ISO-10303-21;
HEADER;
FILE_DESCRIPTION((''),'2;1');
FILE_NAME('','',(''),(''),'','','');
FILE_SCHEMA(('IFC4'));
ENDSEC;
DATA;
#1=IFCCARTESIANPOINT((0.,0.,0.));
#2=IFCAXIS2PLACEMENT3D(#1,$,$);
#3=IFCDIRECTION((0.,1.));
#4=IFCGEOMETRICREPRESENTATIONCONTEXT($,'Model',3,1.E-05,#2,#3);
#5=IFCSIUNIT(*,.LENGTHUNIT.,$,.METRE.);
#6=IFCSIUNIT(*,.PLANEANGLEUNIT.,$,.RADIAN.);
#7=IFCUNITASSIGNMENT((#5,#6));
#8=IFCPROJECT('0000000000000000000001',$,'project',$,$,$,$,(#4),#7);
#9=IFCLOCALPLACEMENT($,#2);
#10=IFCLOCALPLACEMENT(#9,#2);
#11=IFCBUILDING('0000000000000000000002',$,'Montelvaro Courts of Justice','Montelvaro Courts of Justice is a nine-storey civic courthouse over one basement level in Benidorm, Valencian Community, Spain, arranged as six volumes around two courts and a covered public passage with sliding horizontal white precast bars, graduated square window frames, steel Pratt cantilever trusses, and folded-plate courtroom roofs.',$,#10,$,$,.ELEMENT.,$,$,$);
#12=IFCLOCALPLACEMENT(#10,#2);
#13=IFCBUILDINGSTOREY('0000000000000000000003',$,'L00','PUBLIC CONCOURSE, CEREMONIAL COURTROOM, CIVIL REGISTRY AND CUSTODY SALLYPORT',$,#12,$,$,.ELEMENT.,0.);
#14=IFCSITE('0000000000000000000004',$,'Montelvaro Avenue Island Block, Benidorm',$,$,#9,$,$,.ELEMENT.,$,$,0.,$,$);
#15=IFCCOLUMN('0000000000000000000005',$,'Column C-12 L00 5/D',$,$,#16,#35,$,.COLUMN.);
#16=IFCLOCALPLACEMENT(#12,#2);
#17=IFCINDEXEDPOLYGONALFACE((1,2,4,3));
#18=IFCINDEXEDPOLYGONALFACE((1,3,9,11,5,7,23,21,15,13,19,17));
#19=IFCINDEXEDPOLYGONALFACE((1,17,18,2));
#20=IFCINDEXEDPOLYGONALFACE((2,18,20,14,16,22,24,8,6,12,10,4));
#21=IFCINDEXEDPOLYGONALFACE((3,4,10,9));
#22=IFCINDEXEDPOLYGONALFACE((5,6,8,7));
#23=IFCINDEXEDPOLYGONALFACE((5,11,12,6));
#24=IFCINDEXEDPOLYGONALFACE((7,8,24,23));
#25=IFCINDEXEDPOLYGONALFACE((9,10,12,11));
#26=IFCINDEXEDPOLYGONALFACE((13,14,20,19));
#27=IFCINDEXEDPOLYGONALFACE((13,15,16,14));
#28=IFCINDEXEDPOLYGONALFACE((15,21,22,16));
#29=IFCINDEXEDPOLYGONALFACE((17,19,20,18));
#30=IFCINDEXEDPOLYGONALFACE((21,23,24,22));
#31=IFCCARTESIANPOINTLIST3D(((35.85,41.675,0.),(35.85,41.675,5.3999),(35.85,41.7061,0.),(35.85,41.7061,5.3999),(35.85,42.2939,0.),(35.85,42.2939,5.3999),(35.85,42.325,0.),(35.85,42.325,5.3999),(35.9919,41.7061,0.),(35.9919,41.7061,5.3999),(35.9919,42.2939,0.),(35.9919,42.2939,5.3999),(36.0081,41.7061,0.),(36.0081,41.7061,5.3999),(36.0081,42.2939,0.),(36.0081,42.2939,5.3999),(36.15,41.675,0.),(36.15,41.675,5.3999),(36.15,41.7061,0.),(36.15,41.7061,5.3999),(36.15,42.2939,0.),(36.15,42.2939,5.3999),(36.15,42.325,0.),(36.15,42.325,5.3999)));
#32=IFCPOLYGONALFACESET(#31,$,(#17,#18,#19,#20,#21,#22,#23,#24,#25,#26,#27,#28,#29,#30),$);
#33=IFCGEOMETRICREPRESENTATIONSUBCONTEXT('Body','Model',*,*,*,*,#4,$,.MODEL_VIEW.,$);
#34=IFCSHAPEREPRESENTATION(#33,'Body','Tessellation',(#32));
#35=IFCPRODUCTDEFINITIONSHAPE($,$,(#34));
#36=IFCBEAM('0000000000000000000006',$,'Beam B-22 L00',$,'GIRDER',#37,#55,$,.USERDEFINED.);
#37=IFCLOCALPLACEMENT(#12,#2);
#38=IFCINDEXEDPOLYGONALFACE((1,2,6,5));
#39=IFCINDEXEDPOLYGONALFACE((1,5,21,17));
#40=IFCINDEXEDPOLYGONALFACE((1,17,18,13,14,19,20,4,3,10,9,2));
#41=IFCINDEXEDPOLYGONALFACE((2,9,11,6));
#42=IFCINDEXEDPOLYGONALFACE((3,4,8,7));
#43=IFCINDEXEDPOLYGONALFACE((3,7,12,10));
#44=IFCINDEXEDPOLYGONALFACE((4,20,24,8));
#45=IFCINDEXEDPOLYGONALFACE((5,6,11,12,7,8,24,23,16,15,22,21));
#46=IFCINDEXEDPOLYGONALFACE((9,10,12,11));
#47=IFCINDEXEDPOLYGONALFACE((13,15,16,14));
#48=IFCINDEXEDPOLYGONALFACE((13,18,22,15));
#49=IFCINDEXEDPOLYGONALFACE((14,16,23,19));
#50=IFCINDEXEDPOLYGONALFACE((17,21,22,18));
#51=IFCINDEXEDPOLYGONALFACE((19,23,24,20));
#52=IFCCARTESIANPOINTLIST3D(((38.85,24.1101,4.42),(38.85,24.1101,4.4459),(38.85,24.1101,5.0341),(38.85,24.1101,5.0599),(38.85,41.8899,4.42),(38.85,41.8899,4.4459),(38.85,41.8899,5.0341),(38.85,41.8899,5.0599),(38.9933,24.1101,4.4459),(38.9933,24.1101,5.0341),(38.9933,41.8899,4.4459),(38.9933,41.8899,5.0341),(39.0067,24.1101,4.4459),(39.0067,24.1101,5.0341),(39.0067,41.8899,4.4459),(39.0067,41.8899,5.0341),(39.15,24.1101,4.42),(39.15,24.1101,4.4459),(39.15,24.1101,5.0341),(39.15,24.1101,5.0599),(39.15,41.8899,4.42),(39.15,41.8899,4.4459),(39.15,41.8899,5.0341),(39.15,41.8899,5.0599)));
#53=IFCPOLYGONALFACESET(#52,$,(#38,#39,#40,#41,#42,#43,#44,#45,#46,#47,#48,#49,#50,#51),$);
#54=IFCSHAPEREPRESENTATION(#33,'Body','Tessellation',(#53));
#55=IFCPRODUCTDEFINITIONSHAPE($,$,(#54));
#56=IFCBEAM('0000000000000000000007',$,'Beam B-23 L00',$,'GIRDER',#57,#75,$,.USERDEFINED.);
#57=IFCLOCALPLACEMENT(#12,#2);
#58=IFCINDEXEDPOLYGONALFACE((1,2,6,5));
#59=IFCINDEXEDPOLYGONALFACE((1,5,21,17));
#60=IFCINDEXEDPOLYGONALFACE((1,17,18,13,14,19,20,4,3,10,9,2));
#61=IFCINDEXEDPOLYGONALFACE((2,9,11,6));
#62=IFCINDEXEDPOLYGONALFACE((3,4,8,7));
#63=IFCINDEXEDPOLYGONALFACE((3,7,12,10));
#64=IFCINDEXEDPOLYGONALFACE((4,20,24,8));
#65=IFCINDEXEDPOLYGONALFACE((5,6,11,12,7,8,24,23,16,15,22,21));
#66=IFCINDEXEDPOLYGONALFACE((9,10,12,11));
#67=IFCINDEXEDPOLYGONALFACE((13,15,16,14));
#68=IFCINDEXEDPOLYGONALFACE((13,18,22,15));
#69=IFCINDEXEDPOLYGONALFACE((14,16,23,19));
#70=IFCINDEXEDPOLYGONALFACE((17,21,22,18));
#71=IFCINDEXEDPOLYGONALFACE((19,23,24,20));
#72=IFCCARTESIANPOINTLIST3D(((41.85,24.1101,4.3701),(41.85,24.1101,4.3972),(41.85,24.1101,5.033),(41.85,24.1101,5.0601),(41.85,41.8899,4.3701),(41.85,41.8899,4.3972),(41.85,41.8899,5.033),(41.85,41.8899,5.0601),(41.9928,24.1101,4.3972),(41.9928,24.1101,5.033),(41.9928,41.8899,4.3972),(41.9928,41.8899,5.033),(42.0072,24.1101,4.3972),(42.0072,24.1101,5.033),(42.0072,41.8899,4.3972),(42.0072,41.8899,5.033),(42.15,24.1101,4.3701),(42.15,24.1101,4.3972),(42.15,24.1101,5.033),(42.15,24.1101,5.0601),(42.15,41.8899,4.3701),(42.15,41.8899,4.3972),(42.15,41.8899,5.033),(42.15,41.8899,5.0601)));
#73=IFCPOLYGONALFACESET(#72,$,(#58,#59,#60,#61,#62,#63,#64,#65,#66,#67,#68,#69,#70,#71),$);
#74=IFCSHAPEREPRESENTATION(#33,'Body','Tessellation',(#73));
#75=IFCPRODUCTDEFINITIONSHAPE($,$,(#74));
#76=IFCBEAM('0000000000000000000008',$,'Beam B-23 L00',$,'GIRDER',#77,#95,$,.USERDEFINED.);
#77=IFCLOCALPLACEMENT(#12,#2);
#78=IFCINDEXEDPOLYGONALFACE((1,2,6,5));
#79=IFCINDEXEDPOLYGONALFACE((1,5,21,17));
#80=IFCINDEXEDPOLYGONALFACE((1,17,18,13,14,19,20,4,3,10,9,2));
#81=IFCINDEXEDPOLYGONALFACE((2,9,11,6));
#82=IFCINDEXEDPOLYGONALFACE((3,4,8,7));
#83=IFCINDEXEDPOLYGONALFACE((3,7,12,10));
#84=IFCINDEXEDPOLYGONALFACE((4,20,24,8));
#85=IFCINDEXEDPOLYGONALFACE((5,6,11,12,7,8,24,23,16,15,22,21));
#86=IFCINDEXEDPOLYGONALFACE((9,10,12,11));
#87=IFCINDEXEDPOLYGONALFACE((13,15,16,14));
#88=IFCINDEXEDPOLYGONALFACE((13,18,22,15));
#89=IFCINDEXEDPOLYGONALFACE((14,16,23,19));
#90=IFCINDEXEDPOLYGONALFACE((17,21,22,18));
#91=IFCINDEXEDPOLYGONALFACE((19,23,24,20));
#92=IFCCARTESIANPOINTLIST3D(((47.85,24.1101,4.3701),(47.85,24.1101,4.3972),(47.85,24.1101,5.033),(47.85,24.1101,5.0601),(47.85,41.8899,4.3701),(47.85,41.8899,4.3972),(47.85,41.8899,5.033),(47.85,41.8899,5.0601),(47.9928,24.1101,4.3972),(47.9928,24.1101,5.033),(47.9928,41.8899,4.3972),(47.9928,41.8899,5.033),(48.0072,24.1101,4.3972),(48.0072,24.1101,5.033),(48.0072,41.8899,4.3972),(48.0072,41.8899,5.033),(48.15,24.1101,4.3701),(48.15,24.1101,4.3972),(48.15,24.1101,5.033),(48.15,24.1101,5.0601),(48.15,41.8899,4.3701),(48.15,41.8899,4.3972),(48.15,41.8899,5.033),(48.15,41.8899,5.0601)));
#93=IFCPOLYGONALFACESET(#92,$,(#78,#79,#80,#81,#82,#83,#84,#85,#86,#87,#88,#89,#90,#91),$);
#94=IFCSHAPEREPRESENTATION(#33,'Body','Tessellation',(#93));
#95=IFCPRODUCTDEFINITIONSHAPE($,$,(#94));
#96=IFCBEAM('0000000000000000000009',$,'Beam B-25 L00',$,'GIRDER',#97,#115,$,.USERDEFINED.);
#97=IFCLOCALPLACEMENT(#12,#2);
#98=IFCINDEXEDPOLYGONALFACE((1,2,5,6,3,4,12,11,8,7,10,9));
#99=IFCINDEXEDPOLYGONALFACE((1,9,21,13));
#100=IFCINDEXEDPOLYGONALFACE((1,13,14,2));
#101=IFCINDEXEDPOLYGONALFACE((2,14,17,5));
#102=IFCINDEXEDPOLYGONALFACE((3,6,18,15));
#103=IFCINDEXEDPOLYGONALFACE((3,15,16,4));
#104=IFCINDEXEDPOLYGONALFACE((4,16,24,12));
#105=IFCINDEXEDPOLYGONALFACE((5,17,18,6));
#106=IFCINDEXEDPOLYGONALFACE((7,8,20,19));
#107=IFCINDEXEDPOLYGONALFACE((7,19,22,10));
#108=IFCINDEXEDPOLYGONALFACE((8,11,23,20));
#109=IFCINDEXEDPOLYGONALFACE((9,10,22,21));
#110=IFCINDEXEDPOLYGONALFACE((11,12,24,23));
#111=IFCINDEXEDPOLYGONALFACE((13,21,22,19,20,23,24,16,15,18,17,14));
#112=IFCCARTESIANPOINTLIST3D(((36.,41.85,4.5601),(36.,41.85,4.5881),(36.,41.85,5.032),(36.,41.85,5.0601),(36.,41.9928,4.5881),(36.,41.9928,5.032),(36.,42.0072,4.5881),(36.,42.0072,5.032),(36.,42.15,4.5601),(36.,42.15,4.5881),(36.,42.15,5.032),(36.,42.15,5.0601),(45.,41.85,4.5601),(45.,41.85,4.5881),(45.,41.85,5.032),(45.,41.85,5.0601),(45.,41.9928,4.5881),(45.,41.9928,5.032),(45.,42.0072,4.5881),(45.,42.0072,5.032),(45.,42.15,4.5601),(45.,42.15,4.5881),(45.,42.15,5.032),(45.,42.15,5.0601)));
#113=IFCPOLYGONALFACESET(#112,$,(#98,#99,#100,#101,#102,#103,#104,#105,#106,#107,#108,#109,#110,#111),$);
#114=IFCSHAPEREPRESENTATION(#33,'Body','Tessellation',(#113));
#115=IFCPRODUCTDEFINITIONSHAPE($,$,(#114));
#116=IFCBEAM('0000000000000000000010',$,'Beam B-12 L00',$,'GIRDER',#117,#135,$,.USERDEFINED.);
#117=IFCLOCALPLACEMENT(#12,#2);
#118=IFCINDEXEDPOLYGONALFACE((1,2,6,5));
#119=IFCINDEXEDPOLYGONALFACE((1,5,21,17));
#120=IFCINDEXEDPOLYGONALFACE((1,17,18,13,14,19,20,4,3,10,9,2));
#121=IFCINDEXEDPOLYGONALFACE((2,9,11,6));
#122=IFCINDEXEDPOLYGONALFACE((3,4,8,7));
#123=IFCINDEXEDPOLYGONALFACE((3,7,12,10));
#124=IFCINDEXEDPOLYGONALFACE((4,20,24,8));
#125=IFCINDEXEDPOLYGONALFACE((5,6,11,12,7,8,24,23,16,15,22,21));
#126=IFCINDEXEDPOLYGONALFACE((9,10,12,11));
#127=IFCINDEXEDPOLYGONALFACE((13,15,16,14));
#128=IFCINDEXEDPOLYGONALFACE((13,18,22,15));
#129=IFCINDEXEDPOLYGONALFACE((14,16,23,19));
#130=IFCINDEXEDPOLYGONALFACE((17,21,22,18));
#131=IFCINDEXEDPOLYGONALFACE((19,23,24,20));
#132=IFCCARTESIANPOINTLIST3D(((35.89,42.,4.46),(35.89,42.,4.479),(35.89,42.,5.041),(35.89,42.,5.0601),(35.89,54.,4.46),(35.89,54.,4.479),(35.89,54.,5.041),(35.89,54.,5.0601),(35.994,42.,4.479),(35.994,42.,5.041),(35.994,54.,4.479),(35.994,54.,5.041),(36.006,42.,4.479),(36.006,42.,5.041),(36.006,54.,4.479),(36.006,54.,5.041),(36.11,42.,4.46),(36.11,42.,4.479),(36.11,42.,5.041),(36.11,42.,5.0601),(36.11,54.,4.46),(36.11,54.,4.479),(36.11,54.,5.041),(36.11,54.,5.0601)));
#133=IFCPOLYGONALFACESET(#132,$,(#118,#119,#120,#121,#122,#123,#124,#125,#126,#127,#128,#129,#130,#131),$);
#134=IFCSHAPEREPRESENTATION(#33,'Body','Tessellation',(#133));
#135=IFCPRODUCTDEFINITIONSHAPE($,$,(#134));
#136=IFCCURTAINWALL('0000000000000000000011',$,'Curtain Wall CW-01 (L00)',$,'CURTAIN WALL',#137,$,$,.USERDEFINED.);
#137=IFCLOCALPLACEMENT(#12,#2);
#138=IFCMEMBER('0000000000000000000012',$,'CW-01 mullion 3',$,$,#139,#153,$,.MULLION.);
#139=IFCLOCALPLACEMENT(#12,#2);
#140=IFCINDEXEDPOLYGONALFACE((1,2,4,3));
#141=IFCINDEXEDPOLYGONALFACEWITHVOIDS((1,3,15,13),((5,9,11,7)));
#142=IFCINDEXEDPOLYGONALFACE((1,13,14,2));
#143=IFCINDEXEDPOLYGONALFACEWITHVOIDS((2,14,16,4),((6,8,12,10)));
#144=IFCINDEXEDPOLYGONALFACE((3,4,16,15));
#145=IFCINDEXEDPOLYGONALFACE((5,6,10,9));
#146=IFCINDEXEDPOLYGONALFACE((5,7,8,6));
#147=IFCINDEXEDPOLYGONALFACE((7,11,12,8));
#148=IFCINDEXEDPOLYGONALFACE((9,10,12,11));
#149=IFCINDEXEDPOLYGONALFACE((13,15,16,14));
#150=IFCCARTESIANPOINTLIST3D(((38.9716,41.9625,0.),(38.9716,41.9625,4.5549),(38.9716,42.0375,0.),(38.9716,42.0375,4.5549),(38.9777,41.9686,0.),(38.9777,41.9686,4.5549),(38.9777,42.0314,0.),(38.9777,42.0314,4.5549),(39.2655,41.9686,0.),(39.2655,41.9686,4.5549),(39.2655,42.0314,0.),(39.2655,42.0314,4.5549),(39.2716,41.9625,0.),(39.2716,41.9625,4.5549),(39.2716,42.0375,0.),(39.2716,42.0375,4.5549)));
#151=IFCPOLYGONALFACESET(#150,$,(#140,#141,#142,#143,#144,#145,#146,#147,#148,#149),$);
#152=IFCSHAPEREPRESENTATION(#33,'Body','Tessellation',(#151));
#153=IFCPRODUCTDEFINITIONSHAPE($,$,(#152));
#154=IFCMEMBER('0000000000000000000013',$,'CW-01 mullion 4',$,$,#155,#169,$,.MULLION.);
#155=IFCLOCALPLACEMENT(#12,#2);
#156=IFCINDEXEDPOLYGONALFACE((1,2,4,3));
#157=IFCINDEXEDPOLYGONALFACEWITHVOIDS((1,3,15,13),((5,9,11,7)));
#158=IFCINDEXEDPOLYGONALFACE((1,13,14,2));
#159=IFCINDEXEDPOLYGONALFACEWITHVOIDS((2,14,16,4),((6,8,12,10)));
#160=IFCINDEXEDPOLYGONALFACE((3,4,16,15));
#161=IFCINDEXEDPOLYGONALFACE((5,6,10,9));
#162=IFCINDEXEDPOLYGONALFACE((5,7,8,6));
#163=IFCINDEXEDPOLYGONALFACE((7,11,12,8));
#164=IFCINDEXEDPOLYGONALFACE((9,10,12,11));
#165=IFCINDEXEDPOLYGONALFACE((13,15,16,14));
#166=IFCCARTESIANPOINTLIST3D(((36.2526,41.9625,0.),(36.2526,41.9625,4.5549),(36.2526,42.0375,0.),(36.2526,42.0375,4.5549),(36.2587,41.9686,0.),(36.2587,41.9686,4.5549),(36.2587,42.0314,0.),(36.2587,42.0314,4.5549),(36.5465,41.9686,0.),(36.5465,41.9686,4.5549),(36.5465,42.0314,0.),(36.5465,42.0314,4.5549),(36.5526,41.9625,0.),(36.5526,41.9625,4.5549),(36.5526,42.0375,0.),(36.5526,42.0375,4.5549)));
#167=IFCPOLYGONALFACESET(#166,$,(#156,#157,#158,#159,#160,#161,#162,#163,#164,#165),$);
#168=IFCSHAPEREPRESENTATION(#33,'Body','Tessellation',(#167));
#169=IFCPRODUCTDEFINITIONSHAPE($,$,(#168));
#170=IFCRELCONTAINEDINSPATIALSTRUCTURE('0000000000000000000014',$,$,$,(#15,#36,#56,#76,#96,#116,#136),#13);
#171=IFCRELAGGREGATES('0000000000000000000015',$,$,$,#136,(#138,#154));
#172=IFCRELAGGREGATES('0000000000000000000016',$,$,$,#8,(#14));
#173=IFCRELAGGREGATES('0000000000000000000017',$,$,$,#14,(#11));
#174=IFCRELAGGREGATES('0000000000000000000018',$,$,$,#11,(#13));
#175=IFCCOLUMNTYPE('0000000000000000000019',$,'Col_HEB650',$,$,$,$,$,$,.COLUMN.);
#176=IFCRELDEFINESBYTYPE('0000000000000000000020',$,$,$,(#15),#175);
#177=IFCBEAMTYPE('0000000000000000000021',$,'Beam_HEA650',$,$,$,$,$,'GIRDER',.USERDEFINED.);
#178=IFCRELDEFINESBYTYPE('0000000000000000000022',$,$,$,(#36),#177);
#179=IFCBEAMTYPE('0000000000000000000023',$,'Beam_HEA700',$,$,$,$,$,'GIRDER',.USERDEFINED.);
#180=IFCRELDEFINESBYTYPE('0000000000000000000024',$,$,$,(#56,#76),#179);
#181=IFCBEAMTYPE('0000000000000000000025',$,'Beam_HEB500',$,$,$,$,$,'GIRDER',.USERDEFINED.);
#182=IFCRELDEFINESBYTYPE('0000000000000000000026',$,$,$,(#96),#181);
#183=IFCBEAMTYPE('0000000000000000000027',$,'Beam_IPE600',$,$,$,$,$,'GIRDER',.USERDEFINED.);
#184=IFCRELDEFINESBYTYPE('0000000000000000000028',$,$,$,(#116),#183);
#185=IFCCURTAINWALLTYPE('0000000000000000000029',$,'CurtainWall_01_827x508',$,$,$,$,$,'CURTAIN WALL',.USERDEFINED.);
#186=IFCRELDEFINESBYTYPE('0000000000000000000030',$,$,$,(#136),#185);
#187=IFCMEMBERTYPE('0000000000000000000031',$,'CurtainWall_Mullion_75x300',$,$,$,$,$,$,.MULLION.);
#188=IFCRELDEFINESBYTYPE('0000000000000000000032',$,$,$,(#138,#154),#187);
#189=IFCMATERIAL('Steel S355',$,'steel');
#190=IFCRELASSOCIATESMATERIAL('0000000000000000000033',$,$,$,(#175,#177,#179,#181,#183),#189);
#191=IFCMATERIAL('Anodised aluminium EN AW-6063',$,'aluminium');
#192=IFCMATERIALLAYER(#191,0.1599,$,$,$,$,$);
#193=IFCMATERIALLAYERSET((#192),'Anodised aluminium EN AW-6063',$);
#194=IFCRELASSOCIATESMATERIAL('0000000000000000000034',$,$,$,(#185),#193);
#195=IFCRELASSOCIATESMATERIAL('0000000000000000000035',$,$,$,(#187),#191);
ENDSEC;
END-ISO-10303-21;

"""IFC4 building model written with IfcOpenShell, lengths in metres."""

from ifc_helpers import new_model, si_unit, direction, frame, origin, origin_2d, place, context, subcontext, project, spatial, hollow_rectangle, i_section, extrude, material, layer, layer_set, material_profile, profile_set, type_object, element, aggregate, save


model = new_model("IFC4")

# Units and contexts
model_context = context("Model", 3, precision=1e-05, world=origin(), true_north=direction((0.0, 1.0)))
body_context = subcontext(model_context, "Body", "Model", "MODEL_VIEW")
ifc_project = project(units=[si_unit("LENGTHUNIT", "METRE"), si_unit("PLANEANGLEUNIT", "RADIAN")], contexts=[model_context])

# Site, building, storey
site_placement = place(None, origin())
site = spatial("IfcSite", under=ifc_project, at=site_placement, Name="Montelvaro Avenue Island Block, Benidorm", CompositionType="ELEMENT", RefElevation=0.0)
building_placement = place(site_placement, origin())
building = spatial("IfcBuilding", under=site, at=building_placement, Name="Montelvaro Courts of Justice", Description="Montelvaro Courts of Justice is a nine-storey civic courthouse over one basement level in Benidorm, Valencian Community, Spain, arranged as six volumes around two courts and a covered public passage with sliding horizontal white precast bars, graduated square window frames, steel Pratt cantilever trusses, and folded-plate courtroom roofs.", CompositionType="ELEMENT")
storey_placement = place(building_placement, origin())
storey = spatial("IfcBuildingStorey", under=building, at=storey_placement, Name="L00", Description="PUBLIC CONCOURSE, CEREMONIAL COURTROOM, CIVIL REGISTRY AND CUSTODY SALLYPORT", CompositionType="ELEMENT", Elevation=0.0)

# Column
ifc_material_1 = material(Name="Steel S355", Category="steel")
ifc_material_profile_1 = material_profile(ifc_material_1, i_section(OverallWidth=0.3, OverallDepth=0.6499, WebThickness=0.0161, FlangeThickness=0.031, at=origin_2d()), Name="HEB 650")
ifc_profile_set_1 = profile_set([ifc_material_profile_1], Name="Steel S355")
column_type = type_object("IfcColumnType", Name="Col_HEB650", PredefinedType="COLUMN", material=ifc_profile_set_1)
column_placement = place(storey_placement, frame((36.0, 42.0, 0.0), z_axis=(0.0, 0.0, 1.0), x_axis=(1.0, 0.0, 0.0)))
element("IfcColumn", 1, at=column_placement, inside=storey, type_object=column_type, Name="Column C-12 L00 5/D", PredefinedType="COLUMN", context=body_context, shape_type="SweptSolid", body=[
    extrude(i_section(OverallWidth=0.3, OverallDepth=0.6499, WebThickness=0.0161, FlangeThickness=0.031, at=origin_2d()), origin(), (0.0, 0.0, 1.0), 5.3999),
])

# Beams
ifc_material_profile_2 = material_profile(ifc_material_1, i_section(OverallWidth=0.3, OverallDepth=0.6399, WebThickness=0.0134, FlangeThickness=0.0259, at=origin_2d()), Name="HEA 650")
ifc_profile_set_2 = profile_set([ifc_material_profile_2], Name="Steel S355")
beam_type_1 = type_object("IfcBeamType", Name="Beam_HEA650", ElementType="GIRDER", PredefinedType="USERDEFINED", material=ifc_profile_set_2)
beam_1_placement = place(storey_placement, frame((39.0, 24.1101, 4.74), z_axis=(0.0, 1.0, 0.0), x_axis=(-1.0, 0.0, 0.0)))
element("IfcBeam", 2, at=beam_1_placement, inside=storey, type_object=beam_type_1, Name="Beam B-22 L00", ObjectType="GIRDER", PredefinedType="USERDEFINED", context=body_context, shape_type="SweptSolid", body=[
    extrude(i_section(OverallWidth=0.3, OverallDepth=0.6399, WebThickness=0.0134, FlangeThickness=0.0259, at=origin_2d()), origin(), (0.0, 0.0, 1.0), 17.7798),
])
ifc_material_profile_3 = material_profile(ifc_material_1, i_section(OverallWidth=0.3, OverallDepth=0.6899, WebThickness=0.0144, FlangeThickness=0.0271, at=origin_2d()), Name="HEA 700")
ifc_profile_set_3 = profile_set([ifc_material_profile_3], Name="Steel S355")
beam_type_2 = type_object("IfcBeamType", Name="Beam_HEA700", ElementType="GIRDER", PredefinedType="USERDEFINED", material=ifc_profile_set_3)
for number, where, z_axis, x_axis, name in (
    (3, (42.0, 24.1101, 4.7151), (0.0, 1.0, 0.0), (-1.0, 0.0, 0.0), "Beam B-23 L00"),
    (4, (48.0, 24.1101, 4.7151), (0.0, 1.0, 0.0), (-1.0, 0.0, 0.0), "Beam B-23 L00"),
):
    element("IfcBeam", number, at=place(storey_placement, frame(where, z_axis=z_axis, x_axis=x_axis)), inside=storey, type_object=beam_type_2, Name=name, ObjectType="GIRDER", PredefinedType="USERDEFINED", context=body_context, shape_type="SweptSolid", body=[
        extrude(i_section(OverallWidth=0.3, OverallDepth=0.6899, WebThickness=0.0144, FlangeThickness=0.0271, at=origin_2d()), origin(), (0.0, 0.0, 1.0), 17.7798),
    ])
ifc_material_profile_4 = material_profile(ifc_material_1, i_section(OverallWidth=0.3, OverallDepth=0.5, WebThickness=0.0144, FlangeThickness=0.0281, at=origin_2d()), Name="HEB 500")
ifc_profile_set_4 = profile_set([ifc_material_profile_4], Name="Steel S355")
beam_type_3 = type_object("IfcBeamType", Name="Beam_HEB500", ElementType="GIRDER", PredefinedType="USERDEFINED", material=ifc_profile_set_4)
beam_2_placement = place(storey_placement, frame((36.0, 42.0, 4.8101), z_axis=(1.0, 0.0, 0.0), x_axis=(0.0, 1.0, 0.0)))
element("IfcBeam", 5, at=beam_2_placement, inside=storey, type_object=beam_type_3, Name="Beam B-25 L00", ObjectType="GIRDER", PredefinedType="USERDEFINED", context=body_context, shape_type="SweptSolid", body=[
    extrude(i_section(OverallWidth=0.3, OverallDepth=0.5, WebThickness=0.0144, FlangeThickness=0.0281, at=origin_2d()), origin(), (0.0, 0.0, 1.0), 9.0),
])
ifc_material_profile_5 = material_profile(ifc_material_1, i_section(OverallWidth=0.22, OverallDepth=0.6001, WebThickness=0.012, FlangeThickness=0.019, at=origin_2d()), Name="IPE 600")
ifc_profile_set_5 = profile_set([ifc_material_profile_5], Name="Steel S355")
beam_type_4 = type_object("IfcBeamType", Name="Beam_IPE600", ElementType="GIRDER", PredefinedType="USERDEFINED", material=ifc_profile_set_5)
beam_3_placement = place(storey_placement, frame((36.0, 42.0, 4.76), z_axis=(0.0, 1.0, 0.0), x_axis=(-1.0, 0.0, 0.0)))
element("IfcBeam", 6, at=beam_3_placement, inside=storey, type_object=beam_type_4, Name="Beam B-12 L00", ObjectType="GIRDER", PredefinedType="USERDEFINED", context=body_context, shape_type="SweptSolid", body=[
    extrude(i_section(OverallWidth=0.22, OverallDepth=0.6001, WebThickness=0.012, FlangeThickness=0.019, at=origin_2d()), origin(), (0.0, 0.0, 1.0), 12.0),
])

# Curtain wall, members
ifc_material_2 = material(Name="Anodised aluminium EN AW-6063", Category="aluminium")
ifc_layer_1 = layer(ifc_material_2, 0.1599)
ifc_layer_set_1 = layer_set([ifc_layer_1], Name="Anodised aluminium EN AW-6063")
curtain_wall_type = type_object("IfcCurtainWallType", Name="CurtainWall_01_827x508", ElementType="CURTAIN WALL", PredefinedType="USERDEFINED", material=ifc_layer_set_1)
curtain_wall_placement = place(storey_placement, origin())
curtain_wall = element("IfcCurtainWall", 7, at=curtain_wall_placement, inside=storey, type_object=curtain_wall_type, Name="Curtain Wall CW-01 (L00)", ObjectType="CURTAIN WALL", PredefinedType="USERDEFINED")
ifc_material_profile_6 = material_profile(ifc_material_2, hollow_rectangle(XDim=0.075, YDim=0.3, WallThickness=0.0061, at=origin_2d()), Name="ALU-M 75x300")
ifc_profile_set_6 = profile_set([ifc_material_profile_6], Name="Anodised aluminium EN AW-6063")
member_type_1 = type_object("IfcMemberType", Name="CurtainWall_Mullion_75x300", PredefinedType="MULLION", material=ifc_profile_set_6)
member_1_placement = place(storey_placement, frame((39.1216, 42.0, 0.0), z_axis=(0.0, 0.0, 1.0), x_axis=(0.0, -1.0, 0.0)))
member_1 = element("IfcMember", 8, at=member_1_placement, type_object=member_type_1, Name="CW-01 mullion 3", PredefinedType="MULLION", context=body_context, shape_type="SweptSolid", body=[
    extrude(hollow_rectangle(XDim=0.075, YDim=0.3, WallThickness=0.0061, at=origin_2d()), origin(), (0.0, 0.0, 1.0), 4.5549),
])
member_2_placement = place(storey_placement, frame((36.4026, 42.0, 0.0), z_axis=(0.0, 0.0, 1.0), x_axis=(0.0, -1.0, 0.0)))
member_2 = element("IfcMember", 9, at=member_2_placement, type_object=member_type_1, Name="CW-01 mullion 4", PredefinedType="MULLION", context=body_context, shape_type="SweptSolid", body=[
    extrude(hollow_rectangle(XDim=0.075, YDim=0.3, WallThickness=0.0061, at=origin_2d()), origin(), (0.0, 0.0, 1.0), 4.5549),
])
aggregate(curtain_wall, [member_1, member_2])

save(model, "model.ifc")
